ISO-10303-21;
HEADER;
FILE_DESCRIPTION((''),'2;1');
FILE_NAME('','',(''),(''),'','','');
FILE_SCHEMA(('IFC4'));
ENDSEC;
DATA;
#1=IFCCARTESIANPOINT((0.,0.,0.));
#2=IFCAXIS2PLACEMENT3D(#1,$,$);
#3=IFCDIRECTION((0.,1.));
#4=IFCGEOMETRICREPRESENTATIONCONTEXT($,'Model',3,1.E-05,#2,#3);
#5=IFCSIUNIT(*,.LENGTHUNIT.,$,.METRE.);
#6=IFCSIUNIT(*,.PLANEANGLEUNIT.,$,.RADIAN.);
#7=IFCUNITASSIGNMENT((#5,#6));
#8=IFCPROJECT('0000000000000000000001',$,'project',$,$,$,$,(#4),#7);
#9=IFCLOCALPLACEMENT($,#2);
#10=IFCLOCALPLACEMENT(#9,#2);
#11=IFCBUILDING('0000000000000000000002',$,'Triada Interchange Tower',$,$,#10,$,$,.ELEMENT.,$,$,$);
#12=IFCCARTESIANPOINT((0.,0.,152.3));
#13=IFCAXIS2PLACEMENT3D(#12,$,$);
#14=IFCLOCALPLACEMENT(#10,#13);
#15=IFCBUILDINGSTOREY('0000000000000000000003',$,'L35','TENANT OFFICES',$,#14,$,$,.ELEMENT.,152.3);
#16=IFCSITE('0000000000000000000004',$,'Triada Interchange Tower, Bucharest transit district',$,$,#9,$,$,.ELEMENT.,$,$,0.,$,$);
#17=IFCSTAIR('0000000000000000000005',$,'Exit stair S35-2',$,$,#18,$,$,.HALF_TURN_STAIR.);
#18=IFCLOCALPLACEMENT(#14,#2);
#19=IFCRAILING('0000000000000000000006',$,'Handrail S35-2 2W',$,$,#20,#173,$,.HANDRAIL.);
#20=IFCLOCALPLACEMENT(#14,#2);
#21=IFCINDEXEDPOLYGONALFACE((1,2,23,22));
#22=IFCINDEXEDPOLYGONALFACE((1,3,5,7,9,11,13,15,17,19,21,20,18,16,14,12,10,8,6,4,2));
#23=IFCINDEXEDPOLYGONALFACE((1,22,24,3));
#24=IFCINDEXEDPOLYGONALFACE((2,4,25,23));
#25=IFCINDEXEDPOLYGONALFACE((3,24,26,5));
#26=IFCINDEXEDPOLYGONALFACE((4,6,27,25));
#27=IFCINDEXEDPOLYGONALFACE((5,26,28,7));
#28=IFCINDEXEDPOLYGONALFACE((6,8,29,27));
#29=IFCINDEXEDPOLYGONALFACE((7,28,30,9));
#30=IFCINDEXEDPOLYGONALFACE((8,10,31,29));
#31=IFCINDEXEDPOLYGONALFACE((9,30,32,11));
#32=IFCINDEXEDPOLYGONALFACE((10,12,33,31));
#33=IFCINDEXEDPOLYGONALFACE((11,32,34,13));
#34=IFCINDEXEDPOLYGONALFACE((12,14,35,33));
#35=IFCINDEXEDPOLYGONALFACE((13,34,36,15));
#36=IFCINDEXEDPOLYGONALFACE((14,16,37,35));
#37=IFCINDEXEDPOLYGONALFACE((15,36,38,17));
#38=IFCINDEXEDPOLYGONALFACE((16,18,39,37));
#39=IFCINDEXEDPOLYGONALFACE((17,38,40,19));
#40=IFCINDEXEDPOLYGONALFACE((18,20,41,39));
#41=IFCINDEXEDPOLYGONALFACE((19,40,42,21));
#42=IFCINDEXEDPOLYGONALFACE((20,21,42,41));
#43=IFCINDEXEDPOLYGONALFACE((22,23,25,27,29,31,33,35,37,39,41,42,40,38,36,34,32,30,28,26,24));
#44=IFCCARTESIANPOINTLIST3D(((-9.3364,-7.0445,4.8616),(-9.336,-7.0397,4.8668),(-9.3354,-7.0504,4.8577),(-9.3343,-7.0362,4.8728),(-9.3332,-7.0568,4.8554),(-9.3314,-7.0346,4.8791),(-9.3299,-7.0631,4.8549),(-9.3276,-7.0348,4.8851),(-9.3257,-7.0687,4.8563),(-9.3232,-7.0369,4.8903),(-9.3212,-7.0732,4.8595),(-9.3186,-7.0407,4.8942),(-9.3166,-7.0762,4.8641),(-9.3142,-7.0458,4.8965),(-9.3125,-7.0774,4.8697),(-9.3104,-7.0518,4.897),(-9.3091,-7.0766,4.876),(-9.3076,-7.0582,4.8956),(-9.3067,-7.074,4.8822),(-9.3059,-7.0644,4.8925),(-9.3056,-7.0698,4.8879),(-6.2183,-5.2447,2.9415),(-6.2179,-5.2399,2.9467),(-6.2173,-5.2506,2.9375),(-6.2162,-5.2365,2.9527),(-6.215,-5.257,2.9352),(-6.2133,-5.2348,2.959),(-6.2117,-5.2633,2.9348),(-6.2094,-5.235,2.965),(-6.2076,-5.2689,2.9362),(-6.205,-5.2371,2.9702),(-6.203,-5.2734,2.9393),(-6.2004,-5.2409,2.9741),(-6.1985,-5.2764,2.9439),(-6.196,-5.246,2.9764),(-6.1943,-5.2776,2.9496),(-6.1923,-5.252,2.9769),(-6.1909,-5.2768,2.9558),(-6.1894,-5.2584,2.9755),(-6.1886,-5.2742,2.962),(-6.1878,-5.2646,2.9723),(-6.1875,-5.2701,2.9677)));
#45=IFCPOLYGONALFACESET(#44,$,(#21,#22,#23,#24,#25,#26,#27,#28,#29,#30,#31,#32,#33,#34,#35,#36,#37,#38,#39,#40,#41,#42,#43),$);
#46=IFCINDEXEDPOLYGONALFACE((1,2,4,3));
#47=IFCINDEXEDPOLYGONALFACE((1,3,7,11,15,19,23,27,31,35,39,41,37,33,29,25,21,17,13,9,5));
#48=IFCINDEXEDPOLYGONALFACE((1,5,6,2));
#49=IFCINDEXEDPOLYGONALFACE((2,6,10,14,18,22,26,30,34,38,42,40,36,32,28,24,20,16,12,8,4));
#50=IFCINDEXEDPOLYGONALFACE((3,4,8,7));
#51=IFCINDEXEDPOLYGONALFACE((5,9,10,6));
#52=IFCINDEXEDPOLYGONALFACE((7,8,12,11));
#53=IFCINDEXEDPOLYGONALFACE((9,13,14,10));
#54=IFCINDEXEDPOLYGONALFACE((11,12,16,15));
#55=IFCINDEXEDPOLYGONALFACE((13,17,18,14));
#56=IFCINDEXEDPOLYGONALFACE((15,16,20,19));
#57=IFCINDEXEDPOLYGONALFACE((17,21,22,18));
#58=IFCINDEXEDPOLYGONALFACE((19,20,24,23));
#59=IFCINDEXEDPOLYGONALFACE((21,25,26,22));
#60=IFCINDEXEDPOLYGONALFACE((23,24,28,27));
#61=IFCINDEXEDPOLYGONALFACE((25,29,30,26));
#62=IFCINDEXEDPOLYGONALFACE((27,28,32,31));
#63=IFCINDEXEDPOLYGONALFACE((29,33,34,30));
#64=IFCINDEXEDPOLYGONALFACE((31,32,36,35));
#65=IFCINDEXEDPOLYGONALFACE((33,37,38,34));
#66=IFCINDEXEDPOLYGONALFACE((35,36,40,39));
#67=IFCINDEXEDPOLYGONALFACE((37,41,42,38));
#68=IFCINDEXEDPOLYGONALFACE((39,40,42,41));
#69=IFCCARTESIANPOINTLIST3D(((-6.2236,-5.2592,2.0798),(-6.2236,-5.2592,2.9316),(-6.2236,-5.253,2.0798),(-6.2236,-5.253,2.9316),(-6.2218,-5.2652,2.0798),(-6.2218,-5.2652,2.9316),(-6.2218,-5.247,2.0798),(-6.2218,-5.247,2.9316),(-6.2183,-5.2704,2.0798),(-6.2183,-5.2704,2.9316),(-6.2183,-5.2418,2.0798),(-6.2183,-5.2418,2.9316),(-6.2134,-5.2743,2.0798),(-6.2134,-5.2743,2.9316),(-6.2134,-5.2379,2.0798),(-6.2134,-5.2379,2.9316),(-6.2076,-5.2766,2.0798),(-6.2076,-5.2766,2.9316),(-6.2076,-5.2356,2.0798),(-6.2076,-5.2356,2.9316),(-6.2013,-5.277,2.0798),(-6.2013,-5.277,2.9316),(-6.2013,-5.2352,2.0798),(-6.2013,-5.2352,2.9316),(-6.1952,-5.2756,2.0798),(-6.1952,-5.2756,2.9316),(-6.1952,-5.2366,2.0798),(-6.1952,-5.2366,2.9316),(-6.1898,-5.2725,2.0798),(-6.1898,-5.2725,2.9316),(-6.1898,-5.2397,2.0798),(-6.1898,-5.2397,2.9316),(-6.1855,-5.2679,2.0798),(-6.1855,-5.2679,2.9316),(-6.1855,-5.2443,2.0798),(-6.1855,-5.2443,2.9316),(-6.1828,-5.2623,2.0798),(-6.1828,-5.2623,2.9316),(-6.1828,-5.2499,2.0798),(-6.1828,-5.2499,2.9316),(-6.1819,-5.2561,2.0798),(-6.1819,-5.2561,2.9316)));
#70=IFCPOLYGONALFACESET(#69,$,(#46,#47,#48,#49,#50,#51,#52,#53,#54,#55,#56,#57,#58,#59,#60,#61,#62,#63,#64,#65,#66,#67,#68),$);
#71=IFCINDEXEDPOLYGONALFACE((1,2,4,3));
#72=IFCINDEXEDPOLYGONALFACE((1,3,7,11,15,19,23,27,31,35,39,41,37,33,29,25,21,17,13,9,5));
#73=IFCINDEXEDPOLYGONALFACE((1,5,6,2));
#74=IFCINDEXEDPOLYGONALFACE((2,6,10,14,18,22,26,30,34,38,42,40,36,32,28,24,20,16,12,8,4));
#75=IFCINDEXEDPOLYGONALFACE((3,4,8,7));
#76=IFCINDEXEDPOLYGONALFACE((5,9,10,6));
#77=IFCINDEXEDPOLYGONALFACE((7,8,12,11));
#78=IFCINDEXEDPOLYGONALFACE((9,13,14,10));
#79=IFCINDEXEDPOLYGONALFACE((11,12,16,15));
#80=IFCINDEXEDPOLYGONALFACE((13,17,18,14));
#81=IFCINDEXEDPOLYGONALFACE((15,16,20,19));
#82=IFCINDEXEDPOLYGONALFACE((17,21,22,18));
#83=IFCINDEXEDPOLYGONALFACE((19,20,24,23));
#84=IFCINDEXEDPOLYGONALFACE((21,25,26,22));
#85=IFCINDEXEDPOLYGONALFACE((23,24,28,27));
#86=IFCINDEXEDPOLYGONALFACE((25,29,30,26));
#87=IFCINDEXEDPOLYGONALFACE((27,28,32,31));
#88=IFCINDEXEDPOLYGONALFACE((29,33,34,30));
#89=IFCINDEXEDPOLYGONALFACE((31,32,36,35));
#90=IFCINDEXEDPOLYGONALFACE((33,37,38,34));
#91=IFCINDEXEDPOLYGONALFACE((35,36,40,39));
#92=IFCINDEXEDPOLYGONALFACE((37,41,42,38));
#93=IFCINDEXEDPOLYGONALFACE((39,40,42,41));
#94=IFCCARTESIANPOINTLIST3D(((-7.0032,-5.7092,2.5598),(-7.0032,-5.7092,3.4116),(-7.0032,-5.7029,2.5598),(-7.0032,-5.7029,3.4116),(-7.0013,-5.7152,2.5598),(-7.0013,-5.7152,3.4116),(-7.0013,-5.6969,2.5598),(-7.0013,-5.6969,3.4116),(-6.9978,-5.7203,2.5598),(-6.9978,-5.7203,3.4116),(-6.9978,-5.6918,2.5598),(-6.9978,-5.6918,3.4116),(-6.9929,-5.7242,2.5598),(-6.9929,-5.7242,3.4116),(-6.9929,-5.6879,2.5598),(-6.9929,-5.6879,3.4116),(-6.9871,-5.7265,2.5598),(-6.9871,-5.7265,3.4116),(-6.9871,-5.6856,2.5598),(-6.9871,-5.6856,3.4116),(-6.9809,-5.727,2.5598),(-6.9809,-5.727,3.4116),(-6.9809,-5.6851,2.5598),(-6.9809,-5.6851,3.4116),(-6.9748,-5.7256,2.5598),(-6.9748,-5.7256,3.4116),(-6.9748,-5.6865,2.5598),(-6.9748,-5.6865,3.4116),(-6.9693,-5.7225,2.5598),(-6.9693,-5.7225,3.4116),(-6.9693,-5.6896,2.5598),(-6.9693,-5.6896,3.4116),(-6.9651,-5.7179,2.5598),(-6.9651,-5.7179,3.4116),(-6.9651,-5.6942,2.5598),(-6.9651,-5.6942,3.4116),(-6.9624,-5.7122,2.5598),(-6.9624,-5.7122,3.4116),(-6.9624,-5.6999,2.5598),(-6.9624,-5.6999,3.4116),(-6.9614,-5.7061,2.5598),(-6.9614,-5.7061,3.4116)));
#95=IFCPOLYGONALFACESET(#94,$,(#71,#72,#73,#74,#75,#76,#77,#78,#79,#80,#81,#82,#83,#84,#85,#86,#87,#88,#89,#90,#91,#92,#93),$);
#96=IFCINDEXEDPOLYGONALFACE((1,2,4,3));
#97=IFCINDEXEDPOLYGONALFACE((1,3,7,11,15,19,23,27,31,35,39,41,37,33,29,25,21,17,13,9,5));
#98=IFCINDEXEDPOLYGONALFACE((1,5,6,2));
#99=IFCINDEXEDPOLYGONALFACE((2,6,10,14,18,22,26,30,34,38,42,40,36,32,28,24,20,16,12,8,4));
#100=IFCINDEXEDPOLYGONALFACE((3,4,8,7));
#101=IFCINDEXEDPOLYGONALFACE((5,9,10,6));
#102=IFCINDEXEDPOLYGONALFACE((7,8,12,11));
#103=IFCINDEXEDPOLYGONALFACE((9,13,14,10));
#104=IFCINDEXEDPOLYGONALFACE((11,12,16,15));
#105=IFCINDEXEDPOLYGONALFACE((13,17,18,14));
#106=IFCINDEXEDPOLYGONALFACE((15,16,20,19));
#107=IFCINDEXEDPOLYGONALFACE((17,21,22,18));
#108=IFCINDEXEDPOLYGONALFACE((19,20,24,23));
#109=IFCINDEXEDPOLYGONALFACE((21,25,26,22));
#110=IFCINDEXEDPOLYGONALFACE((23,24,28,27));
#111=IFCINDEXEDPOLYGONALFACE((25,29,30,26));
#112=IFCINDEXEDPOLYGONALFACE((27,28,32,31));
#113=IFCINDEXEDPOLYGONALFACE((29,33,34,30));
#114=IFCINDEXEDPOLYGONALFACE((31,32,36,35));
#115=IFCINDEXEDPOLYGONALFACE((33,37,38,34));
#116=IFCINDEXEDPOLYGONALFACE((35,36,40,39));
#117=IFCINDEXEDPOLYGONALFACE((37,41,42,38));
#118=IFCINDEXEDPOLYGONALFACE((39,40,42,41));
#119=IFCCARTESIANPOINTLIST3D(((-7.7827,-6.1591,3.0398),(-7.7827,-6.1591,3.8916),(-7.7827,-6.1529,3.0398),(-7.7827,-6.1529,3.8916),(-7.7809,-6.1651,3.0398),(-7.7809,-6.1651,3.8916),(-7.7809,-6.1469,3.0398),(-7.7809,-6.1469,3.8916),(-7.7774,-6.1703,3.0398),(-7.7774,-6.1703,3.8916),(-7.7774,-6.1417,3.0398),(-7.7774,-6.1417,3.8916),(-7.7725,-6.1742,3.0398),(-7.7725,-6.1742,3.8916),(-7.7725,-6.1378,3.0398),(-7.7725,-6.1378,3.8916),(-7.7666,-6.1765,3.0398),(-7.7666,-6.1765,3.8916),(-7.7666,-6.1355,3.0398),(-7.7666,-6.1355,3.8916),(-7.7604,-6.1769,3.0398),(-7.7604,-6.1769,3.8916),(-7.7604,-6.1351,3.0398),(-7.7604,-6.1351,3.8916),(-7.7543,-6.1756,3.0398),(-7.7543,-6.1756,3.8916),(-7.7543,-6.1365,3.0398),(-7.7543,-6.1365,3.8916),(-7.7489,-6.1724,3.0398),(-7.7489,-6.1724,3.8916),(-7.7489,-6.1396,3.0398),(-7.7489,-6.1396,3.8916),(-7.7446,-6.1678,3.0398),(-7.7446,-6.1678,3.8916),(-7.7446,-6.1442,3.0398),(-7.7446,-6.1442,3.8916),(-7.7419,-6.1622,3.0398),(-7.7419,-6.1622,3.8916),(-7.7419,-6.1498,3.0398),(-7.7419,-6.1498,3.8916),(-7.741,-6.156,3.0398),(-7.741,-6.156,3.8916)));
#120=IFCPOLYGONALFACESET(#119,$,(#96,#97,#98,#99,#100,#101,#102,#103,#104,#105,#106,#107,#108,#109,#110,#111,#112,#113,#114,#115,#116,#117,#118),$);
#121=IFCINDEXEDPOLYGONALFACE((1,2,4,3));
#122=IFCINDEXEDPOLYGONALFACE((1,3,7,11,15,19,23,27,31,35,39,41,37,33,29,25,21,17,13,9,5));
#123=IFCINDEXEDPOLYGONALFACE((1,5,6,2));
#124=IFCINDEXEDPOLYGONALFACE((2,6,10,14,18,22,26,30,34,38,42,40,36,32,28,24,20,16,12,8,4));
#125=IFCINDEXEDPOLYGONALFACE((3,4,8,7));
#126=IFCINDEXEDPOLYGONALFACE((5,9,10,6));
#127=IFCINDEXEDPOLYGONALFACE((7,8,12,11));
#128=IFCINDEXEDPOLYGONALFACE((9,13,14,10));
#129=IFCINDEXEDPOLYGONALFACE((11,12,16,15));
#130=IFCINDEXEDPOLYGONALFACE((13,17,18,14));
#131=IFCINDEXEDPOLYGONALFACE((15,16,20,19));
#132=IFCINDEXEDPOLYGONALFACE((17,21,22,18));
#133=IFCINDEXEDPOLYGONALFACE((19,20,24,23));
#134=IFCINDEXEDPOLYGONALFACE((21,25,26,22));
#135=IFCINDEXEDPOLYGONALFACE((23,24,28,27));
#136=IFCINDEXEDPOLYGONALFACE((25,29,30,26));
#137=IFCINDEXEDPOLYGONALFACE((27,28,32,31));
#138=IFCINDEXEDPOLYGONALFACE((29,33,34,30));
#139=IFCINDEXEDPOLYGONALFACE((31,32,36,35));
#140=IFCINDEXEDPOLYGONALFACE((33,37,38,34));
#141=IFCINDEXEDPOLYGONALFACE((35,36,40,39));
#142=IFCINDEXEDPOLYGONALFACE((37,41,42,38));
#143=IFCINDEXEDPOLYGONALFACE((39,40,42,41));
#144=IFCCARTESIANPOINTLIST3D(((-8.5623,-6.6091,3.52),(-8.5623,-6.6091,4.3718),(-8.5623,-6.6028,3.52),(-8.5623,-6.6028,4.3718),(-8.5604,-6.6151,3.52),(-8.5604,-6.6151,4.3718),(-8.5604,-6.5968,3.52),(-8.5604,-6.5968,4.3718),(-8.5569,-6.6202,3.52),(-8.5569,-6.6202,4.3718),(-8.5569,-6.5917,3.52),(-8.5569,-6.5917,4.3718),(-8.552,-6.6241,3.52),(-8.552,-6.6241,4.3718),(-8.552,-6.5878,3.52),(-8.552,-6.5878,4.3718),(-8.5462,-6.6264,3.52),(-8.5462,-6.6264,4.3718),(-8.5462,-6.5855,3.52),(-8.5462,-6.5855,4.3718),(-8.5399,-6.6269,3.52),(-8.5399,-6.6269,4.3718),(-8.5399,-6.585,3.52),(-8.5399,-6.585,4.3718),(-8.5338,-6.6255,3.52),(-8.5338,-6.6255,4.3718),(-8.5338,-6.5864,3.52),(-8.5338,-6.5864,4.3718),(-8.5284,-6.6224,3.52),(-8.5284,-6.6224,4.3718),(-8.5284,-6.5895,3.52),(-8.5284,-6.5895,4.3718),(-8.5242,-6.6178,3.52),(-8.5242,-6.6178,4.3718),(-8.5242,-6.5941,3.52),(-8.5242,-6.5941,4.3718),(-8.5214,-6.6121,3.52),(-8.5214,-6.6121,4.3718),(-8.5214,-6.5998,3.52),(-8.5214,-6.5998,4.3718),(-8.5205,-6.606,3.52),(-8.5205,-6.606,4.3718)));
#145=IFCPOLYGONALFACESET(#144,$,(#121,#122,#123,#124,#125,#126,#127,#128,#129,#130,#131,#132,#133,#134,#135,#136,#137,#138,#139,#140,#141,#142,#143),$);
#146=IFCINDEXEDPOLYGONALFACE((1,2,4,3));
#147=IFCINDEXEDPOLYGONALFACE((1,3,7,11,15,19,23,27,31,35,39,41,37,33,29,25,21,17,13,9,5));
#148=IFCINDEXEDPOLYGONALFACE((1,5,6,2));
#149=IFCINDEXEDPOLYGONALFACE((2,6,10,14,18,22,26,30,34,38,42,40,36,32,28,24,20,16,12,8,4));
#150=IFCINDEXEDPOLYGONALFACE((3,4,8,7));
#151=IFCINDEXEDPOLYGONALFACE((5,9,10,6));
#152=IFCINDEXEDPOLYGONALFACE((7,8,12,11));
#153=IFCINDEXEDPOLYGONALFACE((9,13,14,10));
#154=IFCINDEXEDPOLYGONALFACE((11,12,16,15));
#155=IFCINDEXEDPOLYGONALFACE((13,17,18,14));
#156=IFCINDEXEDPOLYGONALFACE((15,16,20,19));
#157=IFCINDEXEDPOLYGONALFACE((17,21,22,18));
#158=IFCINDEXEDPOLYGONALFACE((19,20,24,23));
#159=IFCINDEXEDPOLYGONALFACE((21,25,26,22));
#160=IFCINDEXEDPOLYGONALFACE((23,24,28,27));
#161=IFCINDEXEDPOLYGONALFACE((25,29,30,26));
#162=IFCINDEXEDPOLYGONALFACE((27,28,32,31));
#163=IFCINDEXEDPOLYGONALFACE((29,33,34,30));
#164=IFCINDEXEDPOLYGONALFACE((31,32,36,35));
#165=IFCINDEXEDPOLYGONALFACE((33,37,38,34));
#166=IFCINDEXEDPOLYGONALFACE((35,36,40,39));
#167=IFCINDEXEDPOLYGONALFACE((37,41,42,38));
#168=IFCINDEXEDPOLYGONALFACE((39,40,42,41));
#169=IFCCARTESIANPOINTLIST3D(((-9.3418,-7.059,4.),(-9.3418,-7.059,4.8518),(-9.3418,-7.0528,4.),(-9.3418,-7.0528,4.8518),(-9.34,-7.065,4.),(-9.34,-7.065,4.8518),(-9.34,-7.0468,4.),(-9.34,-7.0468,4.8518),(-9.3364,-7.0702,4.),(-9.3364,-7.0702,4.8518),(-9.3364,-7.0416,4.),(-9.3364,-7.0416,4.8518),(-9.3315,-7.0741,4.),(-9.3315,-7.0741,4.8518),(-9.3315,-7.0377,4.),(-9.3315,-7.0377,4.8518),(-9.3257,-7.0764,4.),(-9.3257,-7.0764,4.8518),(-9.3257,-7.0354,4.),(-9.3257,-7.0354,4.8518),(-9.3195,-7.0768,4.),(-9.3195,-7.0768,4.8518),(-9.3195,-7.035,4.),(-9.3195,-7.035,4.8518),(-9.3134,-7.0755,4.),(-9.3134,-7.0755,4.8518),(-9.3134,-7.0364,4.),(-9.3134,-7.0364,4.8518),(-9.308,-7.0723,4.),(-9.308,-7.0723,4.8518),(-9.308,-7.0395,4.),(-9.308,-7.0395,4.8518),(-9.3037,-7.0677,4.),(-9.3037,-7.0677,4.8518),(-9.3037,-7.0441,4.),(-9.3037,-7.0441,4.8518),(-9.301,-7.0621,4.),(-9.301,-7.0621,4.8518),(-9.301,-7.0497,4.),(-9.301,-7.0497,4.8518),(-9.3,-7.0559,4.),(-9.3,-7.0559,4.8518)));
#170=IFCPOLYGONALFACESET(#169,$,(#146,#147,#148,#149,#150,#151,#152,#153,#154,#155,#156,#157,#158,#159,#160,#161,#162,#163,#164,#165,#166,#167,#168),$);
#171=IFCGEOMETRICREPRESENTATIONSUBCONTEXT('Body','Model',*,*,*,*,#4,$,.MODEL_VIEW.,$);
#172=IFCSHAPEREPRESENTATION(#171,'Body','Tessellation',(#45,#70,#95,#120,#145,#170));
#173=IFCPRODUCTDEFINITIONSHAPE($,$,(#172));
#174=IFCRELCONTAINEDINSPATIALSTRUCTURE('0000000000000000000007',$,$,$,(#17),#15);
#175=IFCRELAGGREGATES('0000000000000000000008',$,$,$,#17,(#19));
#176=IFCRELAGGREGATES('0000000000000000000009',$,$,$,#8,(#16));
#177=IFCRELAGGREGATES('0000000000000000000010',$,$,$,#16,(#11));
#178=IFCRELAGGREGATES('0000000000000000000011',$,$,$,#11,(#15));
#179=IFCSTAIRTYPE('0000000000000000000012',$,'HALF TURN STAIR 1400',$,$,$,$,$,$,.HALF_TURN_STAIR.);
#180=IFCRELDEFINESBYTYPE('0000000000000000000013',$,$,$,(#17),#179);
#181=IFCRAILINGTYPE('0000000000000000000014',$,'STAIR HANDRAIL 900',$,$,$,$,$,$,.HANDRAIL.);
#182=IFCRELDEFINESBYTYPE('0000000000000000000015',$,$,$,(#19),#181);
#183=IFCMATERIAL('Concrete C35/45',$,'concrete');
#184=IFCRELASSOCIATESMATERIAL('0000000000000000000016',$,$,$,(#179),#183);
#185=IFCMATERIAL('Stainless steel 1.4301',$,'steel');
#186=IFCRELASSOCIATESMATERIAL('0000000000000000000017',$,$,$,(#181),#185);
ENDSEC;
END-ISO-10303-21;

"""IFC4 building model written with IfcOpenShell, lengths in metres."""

from ifc_helpers import new_model, si_unit, direction, frame, origin, origin_2d, place, context, subcontext, project, spatial, circle, extrude, material, type_object, element, aggregate, save


model = new_model("IFC4")

# Units and contexts
model_context = context("Model", 3, precision=1e-05, world=origin(), true_north=direction((0.0, 1.0)))
body_context = subcontext(model_context, "Body", "Model", "MODEL_VIEW")
ifc_project = project(units=[si_unit("LENGTHUNIT", "METRE"), si_unit("PLANEANGLEUNIT", "RADIAN")], contexts=[model_context])

# Site, building, storey
site_placement = place(None, origin())
site = spatial("IfcSite", under=ifc_project, at=site_placement, Name="Triada Interchange Tower, Bucharest transit district", CompositionType="ELEMENT", RefElevation=0.0)
building_placement = place(site_placement, origin())
building = spatial("IfcBuilding", under=site, at=building_placement, Name="Triada Interchange Tower", CompositionType="ELEMENT")
storey_placement = place(building_placement, frame((0.0, 0.0, 152.3)))
storey = spatial("IfcBuildingStorey", under=building, at=storey_placement, Name="L35", Description="TENANT OFFICES", CompositionType="ELEMENT", Elevation=152.3)

# Stair, railing
ifc_material_1 = material(Name="Concrete C35/45", Category="concrete")
stair_type = type_object("IfcStairType", Name="HALF TURN STAIR 1400", PredefinedType="HALF_TURN_STAIR", material=ifc_material_1)
stair_placement = place(storey_placement, origin())
stair = element("IfcStair", 1, at=stair_placement, inside=storey, type_object=stair_type, Name="Exit stair S35-2", PredefinedType="HALF_TURN_STAIR")
ifc_material_2 = material(Name="Stainless steel 1.4301", Category="steel")
railing_type = type_object("IfcRailingType", Name="STAIR HANDRAIL 900", PredefinedType="HANDRAIL", material=ifc_material_2)
railing_1_placement = place(storey_placement, frame((-6.2029, -5.2561, 2.0798)))
railing_1 = element("IfcRailing", 2, at=railing_1_placement, type_object=railing_type, Name="Handrail S35-2 2W", PredefinedType="HANDRAIL", context=body_context, shape_type="SweptSolid", body=[
    extrude(circle(Radius=0.0239, at=origin_2d()), frame((0.0, 0.0, 0.876), z_axis=(-0.76419, -0.44109, 0.470588), x_axis=(0.499902, -0.866082, 0.0)), (0.0, 0.0, 1.0), 4.0803),
    extrude(circle(Radius=0.021, at=origin_2d()), origin(), (0.0, 0.0, 1.0), 0.8518),
    extrude(circle(Radius=0.021, at=origin_2d()), frame((-0.7795, -0.45, 0.48)), (0.0, 0.0, 1.0), 0.8518),
    extrude(circle(Radius=0.021, at=origin_2d()), frame((-1.5591, -0.8999, 0.96)), (0.0, 0.0, 1.0), 0.8518),
    extrude(circle(Radius=0.021, at=origin_2d()), frame((-2.3386, -1.3499, 1.4402)), (0.0, 0.0, 1.0), 0.8518),
    extrude(circle(Radius=0.021, at=origin_2d()), frame((-3.1182, -1.7998, 1.9202)), (0.0, 0.0, 1.0), 0.8518),
])
aggregate(stair, [railing_1])

save(model, "model.ifc")
